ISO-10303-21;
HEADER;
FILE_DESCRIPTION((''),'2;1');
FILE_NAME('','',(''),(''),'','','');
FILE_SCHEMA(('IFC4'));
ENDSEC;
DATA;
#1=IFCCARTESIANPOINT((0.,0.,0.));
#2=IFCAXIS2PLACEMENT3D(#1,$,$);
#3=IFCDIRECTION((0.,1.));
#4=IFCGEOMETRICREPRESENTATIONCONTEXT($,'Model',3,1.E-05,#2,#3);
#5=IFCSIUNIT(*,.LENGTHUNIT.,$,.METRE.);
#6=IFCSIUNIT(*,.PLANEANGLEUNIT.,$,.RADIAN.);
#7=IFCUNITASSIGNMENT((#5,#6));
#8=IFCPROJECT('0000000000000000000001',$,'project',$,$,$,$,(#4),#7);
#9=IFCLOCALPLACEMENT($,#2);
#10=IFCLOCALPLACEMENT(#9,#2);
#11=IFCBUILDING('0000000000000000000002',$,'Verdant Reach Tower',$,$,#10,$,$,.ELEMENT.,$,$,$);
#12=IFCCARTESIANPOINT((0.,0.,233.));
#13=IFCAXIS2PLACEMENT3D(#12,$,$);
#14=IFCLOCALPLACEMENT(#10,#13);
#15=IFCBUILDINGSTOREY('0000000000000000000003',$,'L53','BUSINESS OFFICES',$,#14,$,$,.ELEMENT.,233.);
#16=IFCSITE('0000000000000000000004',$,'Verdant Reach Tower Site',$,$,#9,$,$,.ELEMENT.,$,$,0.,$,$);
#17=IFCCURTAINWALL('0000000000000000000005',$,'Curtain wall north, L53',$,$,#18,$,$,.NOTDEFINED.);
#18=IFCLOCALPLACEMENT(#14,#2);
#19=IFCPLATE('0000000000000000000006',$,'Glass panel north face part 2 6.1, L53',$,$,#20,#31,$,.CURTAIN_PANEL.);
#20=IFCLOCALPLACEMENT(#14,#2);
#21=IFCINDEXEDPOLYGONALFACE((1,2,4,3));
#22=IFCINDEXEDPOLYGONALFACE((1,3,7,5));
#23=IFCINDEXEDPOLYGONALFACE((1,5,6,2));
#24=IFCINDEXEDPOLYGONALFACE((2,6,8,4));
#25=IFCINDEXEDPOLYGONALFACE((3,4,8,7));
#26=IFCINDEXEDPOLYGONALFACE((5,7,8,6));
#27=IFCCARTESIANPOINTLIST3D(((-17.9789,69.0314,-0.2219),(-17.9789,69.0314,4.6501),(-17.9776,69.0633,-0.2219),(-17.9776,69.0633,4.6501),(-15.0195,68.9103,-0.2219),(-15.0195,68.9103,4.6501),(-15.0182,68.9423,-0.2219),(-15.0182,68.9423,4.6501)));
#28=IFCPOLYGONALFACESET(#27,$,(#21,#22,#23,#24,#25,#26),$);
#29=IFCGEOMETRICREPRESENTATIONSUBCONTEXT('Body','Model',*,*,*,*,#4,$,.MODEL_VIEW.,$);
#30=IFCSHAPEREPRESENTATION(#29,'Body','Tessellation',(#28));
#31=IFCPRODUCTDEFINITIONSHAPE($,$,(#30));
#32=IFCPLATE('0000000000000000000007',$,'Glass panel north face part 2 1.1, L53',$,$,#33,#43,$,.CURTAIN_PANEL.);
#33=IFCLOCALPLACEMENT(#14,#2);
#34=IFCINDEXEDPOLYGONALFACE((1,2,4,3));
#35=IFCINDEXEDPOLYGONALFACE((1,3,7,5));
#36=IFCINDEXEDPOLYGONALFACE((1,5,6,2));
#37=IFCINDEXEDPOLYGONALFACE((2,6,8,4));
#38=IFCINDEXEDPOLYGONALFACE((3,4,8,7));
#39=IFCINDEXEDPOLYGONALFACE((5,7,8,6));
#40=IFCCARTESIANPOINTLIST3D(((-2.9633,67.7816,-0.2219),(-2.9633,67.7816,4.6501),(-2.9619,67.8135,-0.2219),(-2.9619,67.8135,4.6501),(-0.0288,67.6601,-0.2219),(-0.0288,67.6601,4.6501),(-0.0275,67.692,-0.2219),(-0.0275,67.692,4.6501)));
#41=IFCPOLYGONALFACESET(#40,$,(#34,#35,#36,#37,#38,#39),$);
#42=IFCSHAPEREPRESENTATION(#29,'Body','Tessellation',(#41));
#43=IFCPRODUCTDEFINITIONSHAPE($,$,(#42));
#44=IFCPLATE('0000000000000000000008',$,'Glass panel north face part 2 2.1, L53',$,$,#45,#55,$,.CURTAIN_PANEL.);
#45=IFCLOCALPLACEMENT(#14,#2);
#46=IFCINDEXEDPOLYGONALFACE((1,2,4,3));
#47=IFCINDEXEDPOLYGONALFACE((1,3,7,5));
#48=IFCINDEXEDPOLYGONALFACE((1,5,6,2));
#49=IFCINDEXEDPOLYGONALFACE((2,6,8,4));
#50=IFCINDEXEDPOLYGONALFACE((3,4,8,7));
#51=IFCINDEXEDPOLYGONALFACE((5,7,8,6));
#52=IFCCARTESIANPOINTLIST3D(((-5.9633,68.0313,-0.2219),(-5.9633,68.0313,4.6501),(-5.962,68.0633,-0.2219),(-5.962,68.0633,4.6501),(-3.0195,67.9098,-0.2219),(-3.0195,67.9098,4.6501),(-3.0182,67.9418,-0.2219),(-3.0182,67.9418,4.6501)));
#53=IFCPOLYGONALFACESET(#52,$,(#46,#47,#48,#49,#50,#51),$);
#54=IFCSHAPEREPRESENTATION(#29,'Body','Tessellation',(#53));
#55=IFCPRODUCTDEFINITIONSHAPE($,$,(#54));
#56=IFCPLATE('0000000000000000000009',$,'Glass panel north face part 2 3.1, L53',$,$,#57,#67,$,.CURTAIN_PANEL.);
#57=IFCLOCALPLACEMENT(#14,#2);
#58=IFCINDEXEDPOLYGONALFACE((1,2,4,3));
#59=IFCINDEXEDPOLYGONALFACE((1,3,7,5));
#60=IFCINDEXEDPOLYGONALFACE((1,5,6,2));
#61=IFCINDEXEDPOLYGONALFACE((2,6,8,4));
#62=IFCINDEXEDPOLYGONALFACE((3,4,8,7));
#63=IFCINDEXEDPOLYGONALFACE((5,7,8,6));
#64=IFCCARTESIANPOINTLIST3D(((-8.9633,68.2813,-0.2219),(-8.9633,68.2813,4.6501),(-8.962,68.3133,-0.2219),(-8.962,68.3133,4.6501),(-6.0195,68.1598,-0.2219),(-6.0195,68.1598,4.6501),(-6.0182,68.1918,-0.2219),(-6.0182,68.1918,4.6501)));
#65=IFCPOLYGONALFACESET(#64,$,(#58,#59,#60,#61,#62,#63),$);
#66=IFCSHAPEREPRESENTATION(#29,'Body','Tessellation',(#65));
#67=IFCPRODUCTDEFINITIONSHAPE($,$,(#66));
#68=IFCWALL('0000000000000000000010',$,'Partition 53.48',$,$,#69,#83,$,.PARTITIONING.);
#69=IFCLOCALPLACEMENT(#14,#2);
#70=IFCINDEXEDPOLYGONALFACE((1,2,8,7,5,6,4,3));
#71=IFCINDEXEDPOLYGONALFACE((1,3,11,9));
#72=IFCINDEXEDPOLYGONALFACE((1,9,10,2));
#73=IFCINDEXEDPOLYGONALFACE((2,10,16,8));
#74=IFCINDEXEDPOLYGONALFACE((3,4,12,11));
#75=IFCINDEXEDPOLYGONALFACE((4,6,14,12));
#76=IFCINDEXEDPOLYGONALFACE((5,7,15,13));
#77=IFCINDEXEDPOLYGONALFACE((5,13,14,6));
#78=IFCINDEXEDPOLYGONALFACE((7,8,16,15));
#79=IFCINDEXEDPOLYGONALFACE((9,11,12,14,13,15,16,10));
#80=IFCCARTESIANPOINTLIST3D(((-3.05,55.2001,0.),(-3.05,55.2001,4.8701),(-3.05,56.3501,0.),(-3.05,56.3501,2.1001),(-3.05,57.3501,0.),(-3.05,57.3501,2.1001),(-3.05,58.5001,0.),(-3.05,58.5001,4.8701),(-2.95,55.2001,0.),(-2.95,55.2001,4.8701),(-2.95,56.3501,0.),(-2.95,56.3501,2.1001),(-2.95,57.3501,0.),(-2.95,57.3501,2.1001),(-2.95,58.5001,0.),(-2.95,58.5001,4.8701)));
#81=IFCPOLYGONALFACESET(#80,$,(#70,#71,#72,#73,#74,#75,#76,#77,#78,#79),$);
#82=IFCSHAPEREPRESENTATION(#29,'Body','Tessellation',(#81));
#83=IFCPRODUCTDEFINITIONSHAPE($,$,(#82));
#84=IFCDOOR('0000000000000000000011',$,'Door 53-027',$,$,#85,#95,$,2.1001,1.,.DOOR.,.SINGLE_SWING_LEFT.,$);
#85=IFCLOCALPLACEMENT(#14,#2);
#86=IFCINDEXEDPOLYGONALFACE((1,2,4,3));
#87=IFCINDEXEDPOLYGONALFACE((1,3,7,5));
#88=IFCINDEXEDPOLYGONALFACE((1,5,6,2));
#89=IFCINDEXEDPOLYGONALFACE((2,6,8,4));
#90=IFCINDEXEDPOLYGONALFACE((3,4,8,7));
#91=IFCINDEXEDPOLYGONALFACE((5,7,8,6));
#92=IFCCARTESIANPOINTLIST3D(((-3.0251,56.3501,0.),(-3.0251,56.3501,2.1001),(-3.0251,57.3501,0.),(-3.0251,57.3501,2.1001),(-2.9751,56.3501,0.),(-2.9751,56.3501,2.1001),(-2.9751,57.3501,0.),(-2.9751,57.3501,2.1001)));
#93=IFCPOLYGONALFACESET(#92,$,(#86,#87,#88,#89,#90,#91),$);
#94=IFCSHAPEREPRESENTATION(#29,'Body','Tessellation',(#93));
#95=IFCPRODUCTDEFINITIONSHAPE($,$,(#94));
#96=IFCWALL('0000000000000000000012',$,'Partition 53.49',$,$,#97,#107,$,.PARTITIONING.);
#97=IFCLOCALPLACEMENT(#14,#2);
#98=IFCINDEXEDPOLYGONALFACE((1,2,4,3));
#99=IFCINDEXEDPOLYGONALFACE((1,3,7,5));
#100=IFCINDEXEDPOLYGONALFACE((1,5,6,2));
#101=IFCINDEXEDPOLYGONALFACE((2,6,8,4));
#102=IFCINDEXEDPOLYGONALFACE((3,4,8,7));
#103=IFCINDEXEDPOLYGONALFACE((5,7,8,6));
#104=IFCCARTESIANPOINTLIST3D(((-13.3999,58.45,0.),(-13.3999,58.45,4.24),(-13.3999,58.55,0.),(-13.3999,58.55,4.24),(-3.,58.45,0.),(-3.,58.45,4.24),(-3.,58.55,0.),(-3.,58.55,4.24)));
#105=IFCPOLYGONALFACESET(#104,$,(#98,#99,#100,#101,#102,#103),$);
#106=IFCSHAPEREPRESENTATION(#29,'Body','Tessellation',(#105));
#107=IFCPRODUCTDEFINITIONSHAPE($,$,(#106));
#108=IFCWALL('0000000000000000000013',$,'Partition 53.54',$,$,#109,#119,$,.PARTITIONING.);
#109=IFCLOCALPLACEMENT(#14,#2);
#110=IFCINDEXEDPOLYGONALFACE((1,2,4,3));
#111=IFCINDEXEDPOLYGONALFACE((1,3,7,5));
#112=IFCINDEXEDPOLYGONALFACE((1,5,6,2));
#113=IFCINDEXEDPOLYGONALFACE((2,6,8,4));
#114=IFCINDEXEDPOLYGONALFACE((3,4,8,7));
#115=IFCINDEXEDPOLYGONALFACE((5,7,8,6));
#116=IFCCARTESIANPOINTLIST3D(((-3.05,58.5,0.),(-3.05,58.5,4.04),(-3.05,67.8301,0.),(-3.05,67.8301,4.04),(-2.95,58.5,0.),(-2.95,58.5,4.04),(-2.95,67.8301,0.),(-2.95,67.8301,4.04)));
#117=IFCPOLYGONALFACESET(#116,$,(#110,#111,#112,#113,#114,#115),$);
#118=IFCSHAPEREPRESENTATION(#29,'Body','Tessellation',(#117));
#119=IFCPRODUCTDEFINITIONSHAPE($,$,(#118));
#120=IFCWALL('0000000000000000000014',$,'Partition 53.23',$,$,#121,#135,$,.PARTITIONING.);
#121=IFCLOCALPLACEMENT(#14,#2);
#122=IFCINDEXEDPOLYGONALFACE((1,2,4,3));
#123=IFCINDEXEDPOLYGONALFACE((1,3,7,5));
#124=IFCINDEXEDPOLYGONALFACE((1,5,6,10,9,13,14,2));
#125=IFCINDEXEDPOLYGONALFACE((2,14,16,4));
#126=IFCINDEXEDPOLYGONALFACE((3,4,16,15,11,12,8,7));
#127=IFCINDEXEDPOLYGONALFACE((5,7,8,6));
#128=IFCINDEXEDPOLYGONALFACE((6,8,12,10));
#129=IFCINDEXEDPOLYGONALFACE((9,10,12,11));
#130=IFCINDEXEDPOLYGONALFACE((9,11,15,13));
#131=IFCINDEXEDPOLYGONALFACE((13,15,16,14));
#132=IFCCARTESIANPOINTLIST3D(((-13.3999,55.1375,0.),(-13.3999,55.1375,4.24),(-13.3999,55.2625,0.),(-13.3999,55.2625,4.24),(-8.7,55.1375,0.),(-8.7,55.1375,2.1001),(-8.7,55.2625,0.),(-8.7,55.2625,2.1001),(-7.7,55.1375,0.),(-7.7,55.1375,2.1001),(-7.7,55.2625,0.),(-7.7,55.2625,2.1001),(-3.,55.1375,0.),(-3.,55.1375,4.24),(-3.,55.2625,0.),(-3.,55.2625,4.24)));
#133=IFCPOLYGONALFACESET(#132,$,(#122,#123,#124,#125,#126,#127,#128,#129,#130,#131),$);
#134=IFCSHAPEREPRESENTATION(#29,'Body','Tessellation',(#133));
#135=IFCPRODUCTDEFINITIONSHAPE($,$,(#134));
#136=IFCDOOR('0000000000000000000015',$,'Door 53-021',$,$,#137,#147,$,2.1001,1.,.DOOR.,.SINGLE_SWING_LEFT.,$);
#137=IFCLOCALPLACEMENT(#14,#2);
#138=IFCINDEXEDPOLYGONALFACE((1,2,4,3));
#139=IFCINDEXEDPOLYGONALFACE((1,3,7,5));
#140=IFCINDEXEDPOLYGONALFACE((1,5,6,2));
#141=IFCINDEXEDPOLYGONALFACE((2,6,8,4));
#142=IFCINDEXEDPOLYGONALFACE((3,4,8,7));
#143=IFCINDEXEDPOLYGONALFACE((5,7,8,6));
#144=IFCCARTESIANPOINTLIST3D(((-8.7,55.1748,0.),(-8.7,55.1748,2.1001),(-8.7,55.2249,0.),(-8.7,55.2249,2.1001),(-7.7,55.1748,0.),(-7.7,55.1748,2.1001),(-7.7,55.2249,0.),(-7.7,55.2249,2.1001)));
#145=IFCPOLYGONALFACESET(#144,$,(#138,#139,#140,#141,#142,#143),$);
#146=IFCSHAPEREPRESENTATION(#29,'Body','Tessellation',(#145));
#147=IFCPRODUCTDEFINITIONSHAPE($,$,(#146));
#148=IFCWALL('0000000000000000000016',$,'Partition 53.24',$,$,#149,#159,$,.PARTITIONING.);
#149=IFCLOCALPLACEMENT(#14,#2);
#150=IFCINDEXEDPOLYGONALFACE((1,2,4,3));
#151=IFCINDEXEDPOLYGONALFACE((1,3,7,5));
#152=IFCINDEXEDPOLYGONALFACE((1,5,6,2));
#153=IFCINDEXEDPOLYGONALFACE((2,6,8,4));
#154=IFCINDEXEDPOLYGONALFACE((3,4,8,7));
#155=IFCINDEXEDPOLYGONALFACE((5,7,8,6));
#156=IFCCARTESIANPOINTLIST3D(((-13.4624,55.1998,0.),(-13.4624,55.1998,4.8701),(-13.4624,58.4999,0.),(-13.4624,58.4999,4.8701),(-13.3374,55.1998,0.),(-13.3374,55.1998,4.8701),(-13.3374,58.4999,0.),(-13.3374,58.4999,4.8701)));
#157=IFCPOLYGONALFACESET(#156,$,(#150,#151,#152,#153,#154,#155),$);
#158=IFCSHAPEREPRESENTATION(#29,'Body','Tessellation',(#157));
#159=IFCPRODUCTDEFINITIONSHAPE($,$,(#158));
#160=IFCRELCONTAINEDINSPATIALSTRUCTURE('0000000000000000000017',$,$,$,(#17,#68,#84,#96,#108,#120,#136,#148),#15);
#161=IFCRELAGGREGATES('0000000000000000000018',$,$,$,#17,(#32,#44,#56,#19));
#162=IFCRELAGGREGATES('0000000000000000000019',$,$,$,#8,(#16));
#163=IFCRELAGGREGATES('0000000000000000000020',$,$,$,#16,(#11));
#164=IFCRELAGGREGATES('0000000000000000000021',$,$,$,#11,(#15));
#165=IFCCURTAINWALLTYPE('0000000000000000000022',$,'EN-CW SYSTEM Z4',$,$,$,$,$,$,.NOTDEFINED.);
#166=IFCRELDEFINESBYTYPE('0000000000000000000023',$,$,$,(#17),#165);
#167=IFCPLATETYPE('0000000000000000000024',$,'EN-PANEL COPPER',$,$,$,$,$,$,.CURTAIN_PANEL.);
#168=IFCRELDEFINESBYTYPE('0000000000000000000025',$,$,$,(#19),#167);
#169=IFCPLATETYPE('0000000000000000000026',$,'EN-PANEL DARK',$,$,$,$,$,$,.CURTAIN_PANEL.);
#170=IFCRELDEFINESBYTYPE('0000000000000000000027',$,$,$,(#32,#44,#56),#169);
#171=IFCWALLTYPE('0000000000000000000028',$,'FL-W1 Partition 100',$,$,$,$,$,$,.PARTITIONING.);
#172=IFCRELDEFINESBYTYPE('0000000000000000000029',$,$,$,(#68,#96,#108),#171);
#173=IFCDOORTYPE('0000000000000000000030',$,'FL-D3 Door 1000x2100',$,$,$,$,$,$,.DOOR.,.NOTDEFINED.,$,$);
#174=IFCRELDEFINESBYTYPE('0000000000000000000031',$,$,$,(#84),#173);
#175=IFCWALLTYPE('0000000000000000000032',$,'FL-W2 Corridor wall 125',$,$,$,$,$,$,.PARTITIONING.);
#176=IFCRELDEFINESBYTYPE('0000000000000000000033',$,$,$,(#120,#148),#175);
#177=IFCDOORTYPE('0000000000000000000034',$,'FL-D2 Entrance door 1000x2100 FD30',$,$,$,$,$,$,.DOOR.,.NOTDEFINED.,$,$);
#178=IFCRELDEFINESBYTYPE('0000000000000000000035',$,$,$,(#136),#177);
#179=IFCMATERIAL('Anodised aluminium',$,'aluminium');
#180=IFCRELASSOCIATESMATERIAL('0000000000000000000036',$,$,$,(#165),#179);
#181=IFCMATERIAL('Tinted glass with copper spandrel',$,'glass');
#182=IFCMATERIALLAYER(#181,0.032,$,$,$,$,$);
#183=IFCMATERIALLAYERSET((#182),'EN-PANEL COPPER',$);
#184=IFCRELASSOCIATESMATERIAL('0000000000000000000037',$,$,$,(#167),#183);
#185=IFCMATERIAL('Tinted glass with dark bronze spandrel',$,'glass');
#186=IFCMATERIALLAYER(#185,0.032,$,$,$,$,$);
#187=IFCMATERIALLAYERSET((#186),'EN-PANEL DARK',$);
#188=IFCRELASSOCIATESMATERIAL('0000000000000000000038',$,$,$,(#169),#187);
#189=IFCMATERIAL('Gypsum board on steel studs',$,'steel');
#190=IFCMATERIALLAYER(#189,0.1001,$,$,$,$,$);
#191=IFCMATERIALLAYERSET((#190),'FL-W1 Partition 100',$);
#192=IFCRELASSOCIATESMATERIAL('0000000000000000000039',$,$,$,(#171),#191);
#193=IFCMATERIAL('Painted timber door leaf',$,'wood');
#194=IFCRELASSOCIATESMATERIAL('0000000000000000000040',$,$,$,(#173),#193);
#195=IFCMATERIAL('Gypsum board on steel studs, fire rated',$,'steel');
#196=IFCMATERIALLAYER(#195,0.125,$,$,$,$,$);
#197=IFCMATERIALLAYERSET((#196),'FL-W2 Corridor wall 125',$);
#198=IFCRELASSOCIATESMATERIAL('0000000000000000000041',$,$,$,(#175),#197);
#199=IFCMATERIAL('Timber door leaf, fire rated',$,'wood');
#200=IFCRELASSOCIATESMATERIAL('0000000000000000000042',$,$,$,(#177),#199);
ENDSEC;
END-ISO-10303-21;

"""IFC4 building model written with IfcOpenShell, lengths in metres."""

from ifc_helpers import new_model, si_unit, direction, frame, frame_2d, origin, origin_2d, place, context, subcontext, project, spatial, rectangle, extrude, material, layer, layer_set, type_object, element, fill, aggregate, save


model = new_model("IFC4")

# Units and contexts
model_context = context("Model", 3, precision=1e-05, world=origin(), true_north=direction((0.0, 1.0)))
body_context = subcontext(model_context, "Body", "Model", "MODEL_VIEW")
ifc_project = project(units=[si_unit("LENGTHUNIT", "METRE"), si_unit("PLANEANGLEUNIT", "RADIAN")], contexts=[model_context])

# Site, building, storey
site_placement = place(None, origin())
site = spatial("IfcSite", under=ifc_project, at=site_placement, Name="Verdant Reach Tower Site", CompositionType="ELEMENT", RefElevation=0.0)
building_placement = place(site_placement, origin())
building = spatial("IfcBuilding", under=site, at=building_placement, Name="Verdant Reach Tower", CompositionType="ELEMENT")
storey_placement = place(building_placement, frame((0.0, 0.0, 233.0)))
storey = spatial("IfcBuildingStorey", under=building, at=storey_placement, Name="L53", Description="BUSINESS OFFICES", CompositionType="ELEMENT", Elevation=233.0)

# Curtain wall
ifc_material_1 = material(Name="Anodised aluminium", Category="aluminium")
curtain_wall_type = type_object("IfcCurtainWallType", Name="EN-CW SYSTEM Z4", PredefinedType="NOTDEFINED", material=ifc_material_1)
curtain_wall_1_placement = place(storey_placement, origin())
curtain_wall_1 = element("IfcCurtainWall", 1, at=curtain_wall_1_placement, inside=storey, type_object=curtain_wall_type, Name="Curtain wall north, L53", PredefinedType="NOTDEFINED")

# Plates
ifc_material_2 = material(Name="Tinted glass with copper spandrel", Category="glass")
ifc_layer_1 = layer(ifc_material_2, 0.032)
ifc_layer_set_1 = layer_set([ifc_layer_1], Name="EN-PANEL COPPER")
plate_type_1 = type_object("IfcPlateType", Name="EN-PANEL COPPER", PredefinedType="CURTAIN_PANEL", material=ifc_layer_set_1)
plate_1_placement = place(storey_placement, frame((-16.4985, 68.9868, -0.2219), z_axis=(0.0, 0.0, 1.0), x_axis=(-0.999164, 0.040881, 0.0)))
plate_1 = element("IfcPlate", 2, at=plate_1_placement, type_object=plate_type_1, Name="Glass panel north face part 2 6.1, L53", PredefinedType="CURTAIN_PANEL", context=body_context, shape_type="SweptSolid", body=[
    extrude(rectangle(XDim=2.9619, YDim=0.032, at=origin_2d()), origin(), (0.0, 0.0, 1.0), 4.8721),
])
ifc_material_3 = material(Name="Tinted glass with dark bronze spandrel", Category="glass")
ifc_layer_2 = layer(ifc_material_3, 0.032)
ifc_layer_set_2 = layer_set([ifc_layer_2], Name="EN-PANEL DARK")
plate_type_2 = type_object("IfcPlateType", Name="EN-PANEL DARK", PredefinedType="CURTAIN_PANEL", material=ifc_layer_set_2)
plate_2_placement = place(storey_placement, frame((-1.4954, 67.7368, -0.2219), z_axis=(0.0, 0.0, 1.0), x_axis=(-0.999144, 0.04137, 0.0)))
plate_2 = element("IfcPlate", 3, at=plate_2_placement, type_object=plate_type_2, Name="Glass panel north face part 2 1.1, L53", PredefinedType="CURTAIN_PANEL", context=body_context, shape_type="SweptSolid", body=[
    extrude(rectangle(XDim=2.937, YDim=0.032, at=origin_2d()), origin(), (0.0, 0.0, 1.0), 4.8721),
])
plate_3_placement = place(storey_placement, frame((-4.4907, 67.9866, -0.2219), z_axis=(0.0, 0.0, 1.0), x_axis=(-0.999149, 0.041242, 0.0)))
plate_3 = element("IfcPlate", 4, at=plate_3_placement, type_object=plate_type_2, Name="Glass panel north face part 2 2.1, L53", PredefinedType="CURTAIN_PANEL", context=body_context, shape_type="SweptSolid", body=[
    extrude(rectangle(XDim=2.9463, YDim=0.032, at=origin_2d()), origin(), (0.0, 0.0, 1.0), 4.8721),
])
plate_4_placement = place(storey_placement, frame((-7.4907, 68.2366, -0.2219), z_axis=(0.0, 0.0, 1.0), x_axis=(-0.999149, 0.041242, 0.0)))
plate_4 = element("IfcPlate", 5, at=plate_4_placement, type_object=plate_type_2, Name="Glass panel north face part 2 3.1, L53", PredefinedType="CURTAIN_PANEL", context=body_context, shape_type="SweptSolid", body=[
    extrude(rectangle(XDim=2.9463, YDim=0.032, at=origin_2d()), origin(), (0.0, 0.0, 1.0), 4.8721),
])
aggregate(curtain_wall_1, [plate_2, plate_3, plate_4, plate_1])

# Wall, opening, door
ifc_material_4 = material(Name="Gypsum board on steel studs", Category="steel")
ifc_layer_3 = layer(ifc_material_4, 0.1001)
ifc_layer_set_3 = layer_set([ifc_layer_3], Name="FL-W1 Partition 100")
wall_type_1 = type_object("IfcWallType", Name="FL-W1 Partition 100", PredefinedType="PARTITIONING", material=ifc_layer_set_3)
wall_1_placement = place(storey_placement, frame((-3.0, 58.5, 0.0), z_axis=(0.0, 0.0, 1.0), x_axis=(0.0, -1.0, 0.0)))
wall_1 = element("IfcWall", 6, at=wall_1_placement, inside=storey, type_object=wall_type_1, Name="Partition 53.48", PredefinedType="PARTITIONING", context=body_context, shape_type="SweptSolid", body=[
    extrude(rectangle(XDim=3.3, YDim=0.1001, at=frame_2d((1.6499, 0.0))), origin(), (0.0, 0.0, 1.0), 4.8701),
])
opening_1_placement = place(wall_1_placement, frame((1.1499, 0.0, 0.0)))
opening_1 = element("IfcOpeningElement", 7, at=opening_1_placement, cuts=wall_1, PredefinedType="OPENING", context=body_context, shape_type="SweptSolid", body=[
    extrude(rectangle(XDim=1.0, YDim=2.1001, at=frame_2d((0.5, 1.05))), frame((0.0, 0.0601, 0.0), z_axis=(0.0, -1.0, 0.0), x_axis=(1.0, 0.0, 0.0)), (0.0, 0.0, 1.0), 0.1201),
])
ifc_material_5 = material(Name="Painted timber door leaf", Category="wood")
door_type_1 = type_object("IfcDoorType", Name="FL-D3 Door 1000x2100", OperationType="NOTDEFINED", PredefinedType="DOOR", material=ifc_material_5)
door_1_placement = place(opening_1_placement, origin())
door_1 = element("IfcDoor", 8, at=door_1_placement, inside=storey, type_object=door_type_1, Name="Door 53-027", OperationType="SINGLE_SWING_LEFT", OverallHeight=2.1001, OverallWidth=1.0, PredefinedType="DOOR", context=body_context, shape_type="SweptSolid", body=[
    extrude(rectangle(XDim=1.0, YDim=2.1001, at=frame_2d((0.5, 1.05))), frame((0.0, 0.0249, 0.0), z_axis=(0.0, -1.0, 0.0), x_axis=(1.0, 0.0, 0.0)), (0.0, 0.0, 1.0), 0.05),
])
fill(opening_1, door_1)

# Walls
wall_2_placement = place(storey_placement, frame((-3.0, 58.5, 0.0), z_axis=(0.0, 0.0, 1.0), x_axis=(-1.0, 0.0, 0.0)))
element("IfcWall", 9, at=wall_2_placement, inside=storey, type_object=wall_type_1, Name="Partition 53.49", PredefinedType="PARTITIONING", context=body_context, shape_type="SweptSolid", body=[
    extrude(rectangle(XDim=10.3999, YDim=0.1001, at=frame_2d((5.2, 0.0))), origin(), (0.0, 0.0, 1.0), 4.24),
])
wall_3_placement = place(storey_placement, frame((-3.0, 58.5, 0.0), z_axis=(0.0, 0.0, 1.0), x_axis=(0.0, 1.0, 0.0)))
element("IfcWall", 10, at=wall_3_placement, inside=storey, type_object=wall_type_1, Name="Partition 53.54", PredefinedType="PARTITIONING", context=body_context, shape_type="SweptSolid", body=[
    extrude(rectangle(XDim=9.3301, YDim=0.1001, at=frame_2d((4.665, 0.0))), origin(), (0.0, 0.0, 1.0), 4.04),
])

# Wall, opening, door
ifc_material_6 = material(Name="Gypsum board on steel studs, fire rated", Category="steel")
ifc_layer_4 = layer(ifc_material_6, 0.125)
ifc_layer_set_4 = layer_set([ifc_layer_4], Name="FL-W2 Corridor wall 125")
wall_type_2 = type_object("IfcWallType", Name="FL-W2 Corridor wall 125", PredefinedType="PARTITIONING", material=ifc_layer_set_4)
wall_4_placement = place(storey_placement, frame((-13.3999, 55.2, 0.0), z_axis=(0.0, 0.0, 1.0), x_axis=(1.0, 0.0, 0.0)))
wall_4 = element("IfcWall", 11, at=wall_4_placement, inside=storey, type_object=wall_type_2, Name="Partition 53.23", PredefinedType="PARTITIONING", context=body_context, shape_type="SweptSolid", body=[
    extrude(rectangle(XDim=10.3999, YDim=0.125, at=frame_2d((5.2, 0.0))), origin(), (0.0, 0.0, 1.0), 4.24),
])
opening_2_placement = place(wall_4_placement, frame((4.7, 0.0, 0.0)))
opening_2 = element("IfcOpeningElement", 12, at=opening_2_placement, cuts=wall_4, PredefinedType="OPENING", context=body_context, shape_type="SweptSolid", body=[
    extrude(rectangle(XDim=1.0, YDim=2.1001, at=frame_2d((0.5, 1.05))), frame((0.0, 0.0725, 0.0), z_axis=(0.0, -1.0, 0.0), x_axis=(1.0, 0.0, 0.0)), (0.0, 0.0, 1.0), 0.145),
])
ifc_material_7 = material(Name="Timber door leaf, fire rated", Category="wood")
door_type_2 = type_object("IfcDoorType", Name="FL-D2 Entrance door 1000x2100 FD30", OperationType="NOTDEFINED", PredefinedType="DOOR", material=ifc_material_7)
door_2_placement = place(opening_2_placement, origin())
door_2 = element("IfcDoor", 13, at=door_2_placement, inside=storey, type_object=door_type_2, Name="Door 53-021", OperationType="SINGLE_SWING_LEFT", OverallHeight=2.1001, OverallWidth=1.0, PredefinedType="DOOR", context=body_context, shape_type="SweptSolid", body=[
    extrude(rectangle(XDim=1.0, YDim=2.1001, at=frame_2d((0.5, 1.05))), frame((0.0, 0.0249, 0.0), z_axis=(0.0, -1.0, 0.0), x_axis=(1.0, 0.0, 0.0)), (0.0, 0.0, 1.0), 0.05),
])
fill(opening_2, door_2)

# Wall
wall_5_placement = place(storey_placement, frame((-13.3999, 55.2, 0.0), z_axis=(0.0, 0.0, 1.0), x_axis=(0.0, 1.0, 0.0)))
element("IfcWall", 14, at=wall_5_placement, inside=storey, type_object=wall_type_2, Name="Partition 53.24", PredefinedType="PARTITIONING", context=body_context, shape_type="SweptSolid", body=[
    extrude(rectangle(XDim=3.3, YDim=0.125, at=frame_2d((1.6499, 0.0))), origin(), (0.0, 0.0, 1.0), 4.8701),
])

save(model, "model.ifc")
